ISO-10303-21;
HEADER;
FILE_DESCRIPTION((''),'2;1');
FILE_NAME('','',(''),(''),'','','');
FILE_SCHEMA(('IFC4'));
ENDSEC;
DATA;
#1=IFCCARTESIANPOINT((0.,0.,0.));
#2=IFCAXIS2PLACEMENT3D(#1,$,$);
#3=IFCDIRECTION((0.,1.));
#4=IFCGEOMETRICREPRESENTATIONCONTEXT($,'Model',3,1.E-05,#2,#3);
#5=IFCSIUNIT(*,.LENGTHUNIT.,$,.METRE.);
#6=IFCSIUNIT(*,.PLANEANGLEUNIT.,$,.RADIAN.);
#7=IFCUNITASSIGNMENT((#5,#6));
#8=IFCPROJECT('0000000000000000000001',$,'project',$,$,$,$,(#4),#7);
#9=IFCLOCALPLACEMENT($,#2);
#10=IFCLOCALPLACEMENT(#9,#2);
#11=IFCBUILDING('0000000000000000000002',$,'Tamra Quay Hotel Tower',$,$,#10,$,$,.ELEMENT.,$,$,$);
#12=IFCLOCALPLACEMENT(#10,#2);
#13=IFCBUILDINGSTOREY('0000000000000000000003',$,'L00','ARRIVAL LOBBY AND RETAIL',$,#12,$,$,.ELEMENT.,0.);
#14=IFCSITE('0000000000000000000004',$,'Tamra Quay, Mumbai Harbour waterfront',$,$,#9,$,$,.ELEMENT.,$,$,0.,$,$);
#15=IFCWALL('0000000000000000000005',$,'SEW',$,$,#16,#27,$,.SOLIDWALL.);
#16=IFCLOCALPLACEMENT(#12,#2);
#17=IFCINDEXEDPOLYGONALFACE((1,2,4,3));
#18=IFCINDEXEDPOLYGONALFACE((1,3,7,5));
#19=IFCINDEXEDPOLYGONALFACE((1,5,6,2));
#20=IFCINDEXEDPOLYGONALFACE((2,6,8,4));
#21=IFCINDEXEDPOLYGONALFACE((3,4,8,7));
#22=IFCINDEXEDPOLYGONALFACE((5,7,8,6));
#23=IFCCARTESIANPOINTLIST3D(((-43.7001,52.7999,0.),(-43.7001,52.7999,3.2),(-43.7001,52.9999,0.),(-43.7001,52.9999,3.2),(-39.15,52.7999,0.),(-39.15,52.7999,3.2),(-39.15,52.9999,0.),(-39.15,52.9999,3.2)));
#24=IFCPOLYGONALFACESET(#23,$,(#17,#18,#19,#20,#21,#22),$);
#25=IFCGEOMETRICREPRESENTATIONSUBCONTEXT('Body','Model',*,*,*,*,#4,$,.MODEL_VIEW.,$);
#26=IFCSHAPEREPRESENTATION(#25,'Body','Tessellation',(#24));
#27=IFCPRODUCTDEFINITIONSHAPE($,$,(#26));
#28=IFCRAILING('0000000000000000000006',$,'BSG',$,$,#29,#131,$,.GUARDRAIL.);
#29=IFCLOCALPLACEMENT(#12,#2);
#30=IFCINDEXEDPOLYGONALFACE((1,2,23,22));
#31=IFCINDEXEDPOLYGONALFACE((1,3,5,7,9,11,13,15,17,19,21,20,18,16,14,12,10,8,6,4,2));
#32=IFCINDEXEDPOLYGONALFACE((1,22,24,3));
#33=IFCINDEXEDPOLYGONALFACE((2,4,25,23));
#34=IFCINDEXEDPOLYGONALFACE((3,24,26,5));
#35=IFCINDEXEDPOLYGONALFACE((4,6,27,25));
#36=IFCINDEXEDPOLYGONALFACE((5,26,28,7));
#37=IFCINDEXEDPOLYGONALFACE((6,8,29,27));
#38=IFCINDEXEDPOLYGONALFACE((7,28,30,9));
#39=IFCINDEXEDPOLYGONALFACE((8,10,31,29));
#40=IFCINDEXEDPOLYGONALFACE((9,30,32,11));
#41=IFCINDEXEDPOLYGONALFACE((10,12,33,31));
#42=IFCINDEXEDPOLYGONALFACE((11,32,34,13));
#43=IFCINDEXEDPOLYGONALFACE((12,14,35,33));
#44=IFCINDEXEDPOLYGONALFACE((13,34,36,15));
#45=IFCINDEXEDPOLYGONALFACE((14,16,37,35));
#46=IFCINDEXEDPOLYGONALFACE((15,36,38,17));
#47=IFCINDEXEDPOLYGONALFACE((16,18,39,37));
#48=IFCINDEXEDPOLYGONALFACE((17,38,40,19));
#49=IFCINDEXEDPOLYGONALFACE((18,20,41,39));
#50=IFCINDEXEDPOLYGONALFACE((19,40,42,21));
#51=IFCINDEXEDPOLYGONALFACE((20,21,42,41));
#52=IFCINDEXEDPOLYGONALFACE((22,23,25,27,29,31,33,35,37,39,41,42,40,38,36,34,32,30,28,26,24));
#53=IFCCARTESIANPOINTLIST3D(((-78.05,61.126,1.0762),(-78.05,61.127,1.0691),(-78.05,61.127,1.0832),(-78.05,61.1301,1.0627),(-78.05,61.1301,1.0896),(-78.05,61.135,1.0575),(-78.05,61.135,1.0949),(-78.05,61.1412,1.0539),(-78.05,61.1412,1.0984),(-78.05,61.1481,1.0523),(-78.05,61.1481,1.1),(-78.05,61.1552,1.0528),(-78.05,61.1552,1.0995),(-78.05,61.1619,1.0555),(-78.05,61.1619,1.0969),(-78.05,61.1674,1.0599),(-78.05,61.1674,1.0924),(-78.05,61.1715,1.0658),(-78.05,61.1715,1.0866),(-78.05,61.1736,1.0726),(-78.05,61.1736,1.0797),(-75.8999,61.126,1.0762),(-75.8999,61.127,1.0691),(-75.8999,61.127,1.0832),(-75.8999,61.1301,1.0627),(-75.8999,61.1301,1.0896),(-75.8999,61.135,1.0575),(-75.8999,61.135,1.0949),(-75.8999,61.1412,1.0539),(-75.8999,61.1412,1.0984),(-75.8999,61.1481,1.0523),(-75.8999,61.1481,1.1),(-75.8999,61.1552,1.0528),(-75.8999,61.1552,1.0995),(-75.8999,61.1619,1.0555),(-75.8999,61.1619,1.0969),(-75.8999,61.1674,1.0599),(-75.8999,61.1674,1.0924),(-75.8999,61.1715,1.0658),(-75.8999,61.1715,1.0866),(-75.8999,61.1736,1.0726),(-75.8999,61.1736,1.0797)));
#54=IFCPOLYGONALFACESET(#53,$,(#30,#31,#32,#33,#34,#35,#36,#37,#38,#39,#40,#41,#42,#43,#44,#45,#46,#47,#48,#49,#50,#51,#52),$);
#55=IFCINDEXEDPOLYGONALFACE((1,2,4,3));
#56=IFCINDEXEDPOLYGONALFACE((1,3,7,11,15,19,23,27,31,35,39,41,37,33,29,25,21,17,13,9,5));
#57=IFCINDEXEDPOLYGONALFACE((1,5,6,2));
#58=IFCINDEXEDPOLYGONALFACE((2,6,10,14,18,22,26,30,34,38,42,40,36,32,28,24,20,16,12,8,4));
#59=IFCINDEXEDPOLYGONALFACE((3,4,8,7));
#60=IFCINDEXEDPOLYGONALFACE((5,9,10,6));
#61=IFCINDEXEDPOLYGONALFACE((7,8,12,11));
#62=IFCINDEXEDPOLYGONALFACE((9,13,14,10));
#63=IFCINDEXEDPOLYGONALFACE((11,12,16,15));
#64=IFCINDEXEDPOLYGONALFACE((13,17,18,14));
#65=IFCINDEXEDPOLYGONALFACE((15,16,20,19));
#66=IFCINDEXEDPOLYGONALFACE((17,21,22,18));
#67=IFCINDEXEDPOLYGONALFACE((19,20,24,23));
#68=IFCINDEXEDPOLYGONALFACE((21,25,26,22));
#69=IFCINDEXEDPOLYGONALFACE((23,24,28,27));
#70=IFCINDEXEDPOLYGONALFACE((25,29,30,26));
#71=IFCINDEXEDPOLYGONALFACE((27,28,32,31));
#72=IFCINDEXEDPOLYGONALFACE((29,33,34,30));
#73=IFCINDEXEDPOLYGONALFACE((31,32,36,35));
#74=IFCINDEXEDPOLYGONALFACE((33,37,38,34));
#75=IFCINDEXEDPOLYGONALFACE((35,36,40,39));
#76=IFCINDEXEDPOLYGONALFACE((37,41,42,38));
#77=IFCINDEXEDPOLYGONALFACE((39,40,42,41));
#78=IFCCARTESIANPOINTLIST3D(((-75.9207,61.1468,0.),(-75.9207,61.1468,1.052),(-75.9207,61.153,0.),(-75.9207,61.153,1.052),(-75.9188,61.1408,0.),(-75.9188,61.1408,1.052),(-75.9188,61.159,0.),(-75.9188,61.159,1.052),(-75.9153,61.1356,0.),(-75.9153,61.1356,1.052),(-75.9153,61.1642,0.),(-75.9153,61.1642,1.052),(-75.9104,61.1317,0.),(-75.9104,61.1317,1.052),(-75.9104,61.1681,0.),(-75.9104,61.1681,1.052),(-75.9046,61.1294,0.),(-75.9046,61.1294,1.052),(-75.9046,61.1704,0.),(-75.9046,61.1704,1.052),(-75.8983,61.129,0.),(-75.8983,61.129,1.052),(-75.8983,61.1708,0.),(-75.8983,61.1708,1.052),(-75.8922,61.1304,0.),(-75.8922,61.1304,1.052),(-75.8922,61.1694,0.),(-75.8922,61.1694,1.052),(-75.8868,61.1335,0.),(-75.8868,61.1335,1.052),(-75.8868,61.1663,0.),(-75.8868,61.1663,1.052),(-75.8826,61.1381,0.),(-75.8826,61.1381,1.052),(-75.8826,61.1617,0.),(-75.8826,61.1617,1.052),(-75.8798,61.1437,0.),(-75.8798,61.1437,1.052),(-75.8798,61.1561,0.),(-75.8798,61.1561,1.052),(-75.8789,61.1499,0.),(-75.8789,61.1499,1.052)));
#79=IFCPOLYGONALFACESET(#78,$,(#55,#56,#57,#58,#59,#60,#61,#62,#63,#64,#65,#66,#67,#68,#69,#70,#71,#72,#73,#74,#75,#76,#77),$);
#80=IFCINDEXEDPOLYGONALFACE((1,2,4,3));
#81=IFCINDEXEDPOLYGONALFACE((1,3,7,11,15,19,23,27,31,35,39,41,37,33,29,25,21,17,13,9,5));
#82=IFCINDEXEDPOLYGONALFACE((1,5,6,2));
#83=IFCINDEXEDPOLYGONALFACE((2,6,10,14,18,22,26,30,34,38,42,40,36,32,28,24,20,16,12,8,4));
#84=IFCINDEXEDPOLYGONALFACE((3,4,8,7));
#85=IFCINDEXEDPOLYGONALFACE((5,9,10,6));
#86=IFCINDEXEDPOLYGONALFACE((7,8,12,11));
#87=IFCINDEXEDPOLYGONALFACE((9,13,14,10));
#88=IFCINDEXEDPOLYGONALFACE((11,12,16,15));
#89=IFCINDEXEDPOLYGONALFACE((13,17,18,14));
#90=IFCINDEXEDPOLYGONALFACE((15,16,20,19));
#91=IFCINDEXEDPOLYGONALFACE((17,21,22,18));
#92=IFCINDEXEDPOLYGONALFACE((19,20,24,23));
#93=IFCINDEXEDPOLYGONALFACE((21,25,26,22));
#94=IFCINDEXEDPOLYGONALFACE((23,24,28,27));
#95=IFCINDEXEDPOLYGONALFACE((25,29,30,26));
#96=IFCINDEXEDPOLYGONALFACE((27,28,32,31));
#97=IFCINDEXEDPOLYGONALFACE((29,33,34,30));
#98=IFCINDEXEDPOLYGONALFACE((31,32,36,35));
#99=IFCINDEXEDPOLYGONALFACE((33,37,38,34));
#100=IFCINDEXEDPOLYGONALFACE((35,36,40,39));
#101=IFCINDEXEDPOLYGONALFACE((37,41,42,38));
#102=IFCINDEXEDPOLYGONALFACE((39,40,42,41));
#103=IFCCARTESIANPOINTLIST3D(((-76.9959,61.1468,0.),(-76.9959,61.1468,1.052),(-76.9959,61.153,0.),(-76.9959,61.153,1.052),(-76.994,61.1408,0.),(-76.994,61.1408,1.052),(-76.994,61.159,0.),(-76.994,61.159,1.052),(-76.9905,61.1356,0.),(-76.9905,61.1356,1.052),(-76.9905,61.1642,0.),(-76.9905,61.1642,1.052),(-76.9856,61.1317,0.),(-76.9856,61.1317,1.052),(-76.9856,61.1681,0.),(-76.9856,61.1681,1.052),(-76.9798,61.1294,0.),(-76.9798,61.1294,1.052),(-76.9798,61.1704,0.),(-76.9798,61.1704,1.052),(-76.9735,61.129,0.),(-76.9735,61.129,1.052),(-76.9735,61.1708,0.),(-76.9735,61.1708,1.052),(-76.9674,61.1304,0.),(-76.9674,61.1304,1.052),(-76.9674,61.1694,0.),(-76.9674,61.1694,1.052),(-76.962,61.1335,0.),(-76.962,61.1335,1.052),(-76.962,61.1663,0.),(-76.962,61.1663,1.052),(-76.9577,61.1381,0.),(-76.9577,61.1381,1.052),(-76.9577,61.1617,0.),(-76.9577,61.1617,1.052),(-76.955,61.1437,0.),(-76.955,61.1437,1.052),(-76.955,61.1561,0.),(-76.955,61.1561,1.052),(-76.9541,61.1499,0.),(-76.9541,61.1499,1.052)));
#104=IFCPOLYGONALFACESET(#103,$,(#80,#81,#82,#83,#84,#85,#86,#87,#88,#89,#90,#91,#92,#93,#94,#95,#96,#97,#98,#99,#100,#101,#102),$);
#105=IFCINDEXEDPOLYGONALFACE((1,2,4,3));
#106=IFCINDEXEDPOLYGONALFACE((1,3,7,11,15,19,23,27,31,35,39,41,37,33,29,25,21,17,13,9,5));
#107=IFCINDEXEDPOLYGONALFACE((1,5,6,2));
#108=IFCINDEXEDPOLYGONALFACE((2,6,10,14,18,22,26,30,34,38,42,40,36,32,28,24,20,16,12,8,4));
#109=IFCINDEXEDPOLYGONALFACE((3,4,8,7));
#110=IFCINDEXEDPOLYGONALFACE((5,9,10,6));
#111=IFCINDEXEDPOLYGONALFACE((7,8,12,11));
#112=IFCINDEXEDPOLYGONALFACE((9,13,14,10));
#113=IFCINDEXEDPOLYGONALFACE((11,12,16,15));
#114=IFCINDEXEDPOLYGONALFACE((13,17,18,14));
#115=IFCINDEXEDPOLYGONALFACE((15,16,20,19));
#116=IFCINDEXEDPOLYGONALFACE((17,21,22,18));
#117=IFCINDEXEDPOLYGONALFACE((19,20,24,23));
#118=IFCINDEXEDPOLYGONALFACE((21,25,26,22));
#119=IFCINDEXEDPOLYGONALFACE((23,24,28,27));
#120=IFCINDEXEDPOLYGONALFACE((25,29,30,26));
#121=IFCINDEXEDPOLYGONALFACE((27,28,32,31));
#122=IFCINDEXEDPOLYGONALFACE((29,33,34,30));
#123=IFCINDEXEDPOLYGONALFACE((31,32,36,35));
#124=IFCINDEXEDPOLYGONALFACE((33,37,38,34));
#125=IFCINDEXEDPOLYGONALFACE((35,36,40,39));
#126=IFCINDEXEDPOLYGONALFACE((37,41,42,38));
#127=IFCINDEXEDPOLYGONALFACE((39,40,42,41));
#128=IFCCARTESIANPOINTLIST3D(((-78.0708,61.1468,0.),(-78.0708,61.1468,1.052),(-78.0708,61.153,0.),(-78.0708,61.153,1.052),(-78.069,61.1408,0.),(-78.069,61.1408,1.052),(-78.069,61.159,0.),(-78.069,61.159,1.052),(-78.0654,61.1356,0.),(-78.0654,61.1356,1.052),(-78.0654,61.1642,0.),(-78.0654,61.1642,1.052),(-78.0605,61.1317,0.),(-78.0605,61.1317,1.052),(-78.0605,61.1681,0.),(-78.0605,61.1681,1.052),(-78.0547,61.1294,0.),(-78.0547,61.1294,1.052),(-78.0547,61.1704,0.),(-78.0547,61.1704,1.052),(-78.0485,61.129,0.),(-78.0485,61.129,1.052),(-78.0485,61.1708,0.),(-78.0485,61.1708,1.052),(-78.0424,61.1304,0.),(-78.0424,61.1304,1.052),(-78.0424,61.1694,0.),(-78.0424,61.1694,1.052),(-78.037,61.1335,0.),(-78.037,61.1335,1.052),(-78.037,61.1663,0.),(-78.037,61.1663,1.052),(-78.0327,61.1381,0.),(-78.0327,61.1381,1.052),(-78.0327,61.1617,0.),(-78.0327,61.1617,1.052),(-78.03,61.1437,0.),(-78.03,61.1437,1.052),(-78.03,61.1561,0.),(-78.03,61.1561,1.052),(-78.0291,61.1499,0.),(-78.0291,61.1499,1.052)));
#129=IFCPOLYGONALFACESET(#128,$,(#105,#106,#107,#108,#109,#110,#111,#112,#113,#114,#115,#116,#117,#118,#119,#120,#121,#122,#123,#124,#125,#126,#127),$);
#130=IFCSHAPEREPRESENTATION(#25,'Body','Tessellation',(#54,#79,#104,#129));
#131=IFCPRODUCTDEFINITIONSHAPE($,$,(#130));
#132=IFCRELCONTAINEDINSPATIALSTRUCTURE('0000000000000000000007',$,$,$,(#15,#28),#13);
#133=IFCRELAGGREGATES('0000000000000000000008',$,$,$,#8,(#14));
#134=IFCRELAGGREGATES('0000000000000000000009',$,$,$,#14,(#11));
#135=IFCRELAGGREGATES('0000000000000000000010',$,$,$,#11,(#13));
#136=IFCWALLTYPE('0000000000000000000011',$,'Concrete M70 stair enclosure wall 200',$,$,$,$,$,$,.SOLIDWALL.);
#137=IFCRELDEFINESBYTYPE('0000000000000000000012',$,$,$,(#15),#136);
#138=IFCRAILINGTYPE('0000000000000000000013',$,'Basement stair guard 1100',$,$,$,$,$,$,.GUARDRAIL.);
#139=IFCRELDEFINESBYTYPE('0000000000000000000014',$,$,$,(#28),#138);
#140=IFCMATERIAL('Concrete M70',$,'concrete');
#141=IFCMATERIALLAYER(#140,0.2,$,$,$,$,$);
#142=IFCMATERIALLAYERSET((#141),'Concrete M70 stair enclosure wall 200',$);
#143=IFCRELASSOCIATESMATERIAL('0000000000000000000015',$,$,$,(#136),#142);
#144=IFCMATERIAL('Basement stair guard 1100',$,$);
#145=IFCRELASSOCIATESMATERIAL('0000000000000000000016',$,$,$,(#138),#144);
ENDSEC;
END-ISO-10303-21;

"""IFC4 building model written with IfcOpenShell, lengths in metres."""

from ifc_helpers import new_model, si_unit, direction, frame, frame_2d, origin, origin_2d, place, context, subcontext, project, spatial, rectangle, circle, extrude, material, layer, layer_set, type_object, element, save


model = new_model("IFC4")

# Units and contexts
model_context = context("Model", 3, precision=1e-05, world=origin(), true_north=direction((0.0, 1.0)))
body_context = subcontext(model_context, "Body", "Model", "MODEL_VIEW")
ifc_project = project(units=[si_unit("LENGTHUNIT", "METRE"), si_unit("PLANEANGLEUNIT", "RADIAN")], contexts=[model_context])

# Site, building, storey
site_placement = place(None, origin())
site = spatial("IfcSite", under=ifc_project, at=site_placement, Name="Tamra Quay, Mumbai Harbour waterfront", CompositionType="ELEMENT", RefElevation=0.0)
building_placement = place(site_placement, origin())
building = spatial("IfcBuilding", under=site, at=building_placement, Name="Tamra Quay Hotel Tower", CompositionType="ELEMENT")
storey_placement = place(building_placement, origin())
storey = spatial("IfcBuildingStorey", under=building, at=storey_placement, Name="L00", Description="ARRIVAL LOBBY AND RETAIL", CompositionType="ELEMENT", Elevation=0.0)

# Shared definitions
ifc_material_1 = material(Name="Concrete M70", Category="concrete")
ifc_layer_1 = layer(ifc_material_1, 0.2)
ifc_layer_set_1 = layer_set([ifc_layer_1], Name="Concrete M70 stair enclosure wall 200")
wall_type = type_object("IfcWallType", Name="Concrete M70 stair enclosure wall 200", PredefinedType="SOLIDWALL", material=ifc_layer_set_1)

# Wall
for number, where, z_axis, x_axis, name in (
    (1, (-43.7, 52.8999, 0.0), (0.0, 0.0, 1.0), (1.0, 0.0, 0.0), "SEW"),
):
    element("IfcWall", number, at=place(storey_placement, frame(where, z_axis=z_axis, x_axis=x_axis)), inside=storey, type_object=wall_type, Name=name, PredefinedType="SOLIDWALL", context=body_context, shape_type="SweptSolid", body=[
        extrude(rectangle(XDim=4.55, YDim=0.2, at=frame_2d((2.2749, 0.0))), origin(), (0.0, 0.0, 1.0), 3.2),
    ])

# Railing
ifc_material_2 = material(Name="Basement stair guard 1100")
railing_type = type_object("IfcRailingType", Name="Basement stair guard 1100", PredefinedType="GUARDRAIL", material=ifc_material_2)
railing_1_placement = place(storey_placement, frame((-75.8999, 61.1499, 0.0)))
element("IfcRailing", 2, at=railing_1_placement, inside=storey, type_object=railing_type, Name="BSG", PredefinedType="GUARDRAIL", context=body_context, shape_type="SweptSolid", body=[
    extrude(circle(Radius=0.0239, at=origin_2d()), frame((0.0, 0.0, 1.0762), z_axis=(-1.0, 0.0, 0.0), x_axis=(0.0, -1.0, 0.0)), (0.0, 0.0, 1.0), 2.1501),
    extrude(circle(Radius=0.021, at=origin_2d()), origin(), (0.0, 0.0, 1.0), 1.052),
    extrude(circle(Radius=0.021, at=origin_2d()), frame((-1.0752, 0.0, 0.0)), (0.0, 0.0, 1.0), 1.052),
    extrude(circle(Radius=0.021, at=origin_2d()), frame((-2.1501, 0.0, 0.0)), (0.0, 0.0, 1.0), 1.052),
])

save(model, "model.ifc")
